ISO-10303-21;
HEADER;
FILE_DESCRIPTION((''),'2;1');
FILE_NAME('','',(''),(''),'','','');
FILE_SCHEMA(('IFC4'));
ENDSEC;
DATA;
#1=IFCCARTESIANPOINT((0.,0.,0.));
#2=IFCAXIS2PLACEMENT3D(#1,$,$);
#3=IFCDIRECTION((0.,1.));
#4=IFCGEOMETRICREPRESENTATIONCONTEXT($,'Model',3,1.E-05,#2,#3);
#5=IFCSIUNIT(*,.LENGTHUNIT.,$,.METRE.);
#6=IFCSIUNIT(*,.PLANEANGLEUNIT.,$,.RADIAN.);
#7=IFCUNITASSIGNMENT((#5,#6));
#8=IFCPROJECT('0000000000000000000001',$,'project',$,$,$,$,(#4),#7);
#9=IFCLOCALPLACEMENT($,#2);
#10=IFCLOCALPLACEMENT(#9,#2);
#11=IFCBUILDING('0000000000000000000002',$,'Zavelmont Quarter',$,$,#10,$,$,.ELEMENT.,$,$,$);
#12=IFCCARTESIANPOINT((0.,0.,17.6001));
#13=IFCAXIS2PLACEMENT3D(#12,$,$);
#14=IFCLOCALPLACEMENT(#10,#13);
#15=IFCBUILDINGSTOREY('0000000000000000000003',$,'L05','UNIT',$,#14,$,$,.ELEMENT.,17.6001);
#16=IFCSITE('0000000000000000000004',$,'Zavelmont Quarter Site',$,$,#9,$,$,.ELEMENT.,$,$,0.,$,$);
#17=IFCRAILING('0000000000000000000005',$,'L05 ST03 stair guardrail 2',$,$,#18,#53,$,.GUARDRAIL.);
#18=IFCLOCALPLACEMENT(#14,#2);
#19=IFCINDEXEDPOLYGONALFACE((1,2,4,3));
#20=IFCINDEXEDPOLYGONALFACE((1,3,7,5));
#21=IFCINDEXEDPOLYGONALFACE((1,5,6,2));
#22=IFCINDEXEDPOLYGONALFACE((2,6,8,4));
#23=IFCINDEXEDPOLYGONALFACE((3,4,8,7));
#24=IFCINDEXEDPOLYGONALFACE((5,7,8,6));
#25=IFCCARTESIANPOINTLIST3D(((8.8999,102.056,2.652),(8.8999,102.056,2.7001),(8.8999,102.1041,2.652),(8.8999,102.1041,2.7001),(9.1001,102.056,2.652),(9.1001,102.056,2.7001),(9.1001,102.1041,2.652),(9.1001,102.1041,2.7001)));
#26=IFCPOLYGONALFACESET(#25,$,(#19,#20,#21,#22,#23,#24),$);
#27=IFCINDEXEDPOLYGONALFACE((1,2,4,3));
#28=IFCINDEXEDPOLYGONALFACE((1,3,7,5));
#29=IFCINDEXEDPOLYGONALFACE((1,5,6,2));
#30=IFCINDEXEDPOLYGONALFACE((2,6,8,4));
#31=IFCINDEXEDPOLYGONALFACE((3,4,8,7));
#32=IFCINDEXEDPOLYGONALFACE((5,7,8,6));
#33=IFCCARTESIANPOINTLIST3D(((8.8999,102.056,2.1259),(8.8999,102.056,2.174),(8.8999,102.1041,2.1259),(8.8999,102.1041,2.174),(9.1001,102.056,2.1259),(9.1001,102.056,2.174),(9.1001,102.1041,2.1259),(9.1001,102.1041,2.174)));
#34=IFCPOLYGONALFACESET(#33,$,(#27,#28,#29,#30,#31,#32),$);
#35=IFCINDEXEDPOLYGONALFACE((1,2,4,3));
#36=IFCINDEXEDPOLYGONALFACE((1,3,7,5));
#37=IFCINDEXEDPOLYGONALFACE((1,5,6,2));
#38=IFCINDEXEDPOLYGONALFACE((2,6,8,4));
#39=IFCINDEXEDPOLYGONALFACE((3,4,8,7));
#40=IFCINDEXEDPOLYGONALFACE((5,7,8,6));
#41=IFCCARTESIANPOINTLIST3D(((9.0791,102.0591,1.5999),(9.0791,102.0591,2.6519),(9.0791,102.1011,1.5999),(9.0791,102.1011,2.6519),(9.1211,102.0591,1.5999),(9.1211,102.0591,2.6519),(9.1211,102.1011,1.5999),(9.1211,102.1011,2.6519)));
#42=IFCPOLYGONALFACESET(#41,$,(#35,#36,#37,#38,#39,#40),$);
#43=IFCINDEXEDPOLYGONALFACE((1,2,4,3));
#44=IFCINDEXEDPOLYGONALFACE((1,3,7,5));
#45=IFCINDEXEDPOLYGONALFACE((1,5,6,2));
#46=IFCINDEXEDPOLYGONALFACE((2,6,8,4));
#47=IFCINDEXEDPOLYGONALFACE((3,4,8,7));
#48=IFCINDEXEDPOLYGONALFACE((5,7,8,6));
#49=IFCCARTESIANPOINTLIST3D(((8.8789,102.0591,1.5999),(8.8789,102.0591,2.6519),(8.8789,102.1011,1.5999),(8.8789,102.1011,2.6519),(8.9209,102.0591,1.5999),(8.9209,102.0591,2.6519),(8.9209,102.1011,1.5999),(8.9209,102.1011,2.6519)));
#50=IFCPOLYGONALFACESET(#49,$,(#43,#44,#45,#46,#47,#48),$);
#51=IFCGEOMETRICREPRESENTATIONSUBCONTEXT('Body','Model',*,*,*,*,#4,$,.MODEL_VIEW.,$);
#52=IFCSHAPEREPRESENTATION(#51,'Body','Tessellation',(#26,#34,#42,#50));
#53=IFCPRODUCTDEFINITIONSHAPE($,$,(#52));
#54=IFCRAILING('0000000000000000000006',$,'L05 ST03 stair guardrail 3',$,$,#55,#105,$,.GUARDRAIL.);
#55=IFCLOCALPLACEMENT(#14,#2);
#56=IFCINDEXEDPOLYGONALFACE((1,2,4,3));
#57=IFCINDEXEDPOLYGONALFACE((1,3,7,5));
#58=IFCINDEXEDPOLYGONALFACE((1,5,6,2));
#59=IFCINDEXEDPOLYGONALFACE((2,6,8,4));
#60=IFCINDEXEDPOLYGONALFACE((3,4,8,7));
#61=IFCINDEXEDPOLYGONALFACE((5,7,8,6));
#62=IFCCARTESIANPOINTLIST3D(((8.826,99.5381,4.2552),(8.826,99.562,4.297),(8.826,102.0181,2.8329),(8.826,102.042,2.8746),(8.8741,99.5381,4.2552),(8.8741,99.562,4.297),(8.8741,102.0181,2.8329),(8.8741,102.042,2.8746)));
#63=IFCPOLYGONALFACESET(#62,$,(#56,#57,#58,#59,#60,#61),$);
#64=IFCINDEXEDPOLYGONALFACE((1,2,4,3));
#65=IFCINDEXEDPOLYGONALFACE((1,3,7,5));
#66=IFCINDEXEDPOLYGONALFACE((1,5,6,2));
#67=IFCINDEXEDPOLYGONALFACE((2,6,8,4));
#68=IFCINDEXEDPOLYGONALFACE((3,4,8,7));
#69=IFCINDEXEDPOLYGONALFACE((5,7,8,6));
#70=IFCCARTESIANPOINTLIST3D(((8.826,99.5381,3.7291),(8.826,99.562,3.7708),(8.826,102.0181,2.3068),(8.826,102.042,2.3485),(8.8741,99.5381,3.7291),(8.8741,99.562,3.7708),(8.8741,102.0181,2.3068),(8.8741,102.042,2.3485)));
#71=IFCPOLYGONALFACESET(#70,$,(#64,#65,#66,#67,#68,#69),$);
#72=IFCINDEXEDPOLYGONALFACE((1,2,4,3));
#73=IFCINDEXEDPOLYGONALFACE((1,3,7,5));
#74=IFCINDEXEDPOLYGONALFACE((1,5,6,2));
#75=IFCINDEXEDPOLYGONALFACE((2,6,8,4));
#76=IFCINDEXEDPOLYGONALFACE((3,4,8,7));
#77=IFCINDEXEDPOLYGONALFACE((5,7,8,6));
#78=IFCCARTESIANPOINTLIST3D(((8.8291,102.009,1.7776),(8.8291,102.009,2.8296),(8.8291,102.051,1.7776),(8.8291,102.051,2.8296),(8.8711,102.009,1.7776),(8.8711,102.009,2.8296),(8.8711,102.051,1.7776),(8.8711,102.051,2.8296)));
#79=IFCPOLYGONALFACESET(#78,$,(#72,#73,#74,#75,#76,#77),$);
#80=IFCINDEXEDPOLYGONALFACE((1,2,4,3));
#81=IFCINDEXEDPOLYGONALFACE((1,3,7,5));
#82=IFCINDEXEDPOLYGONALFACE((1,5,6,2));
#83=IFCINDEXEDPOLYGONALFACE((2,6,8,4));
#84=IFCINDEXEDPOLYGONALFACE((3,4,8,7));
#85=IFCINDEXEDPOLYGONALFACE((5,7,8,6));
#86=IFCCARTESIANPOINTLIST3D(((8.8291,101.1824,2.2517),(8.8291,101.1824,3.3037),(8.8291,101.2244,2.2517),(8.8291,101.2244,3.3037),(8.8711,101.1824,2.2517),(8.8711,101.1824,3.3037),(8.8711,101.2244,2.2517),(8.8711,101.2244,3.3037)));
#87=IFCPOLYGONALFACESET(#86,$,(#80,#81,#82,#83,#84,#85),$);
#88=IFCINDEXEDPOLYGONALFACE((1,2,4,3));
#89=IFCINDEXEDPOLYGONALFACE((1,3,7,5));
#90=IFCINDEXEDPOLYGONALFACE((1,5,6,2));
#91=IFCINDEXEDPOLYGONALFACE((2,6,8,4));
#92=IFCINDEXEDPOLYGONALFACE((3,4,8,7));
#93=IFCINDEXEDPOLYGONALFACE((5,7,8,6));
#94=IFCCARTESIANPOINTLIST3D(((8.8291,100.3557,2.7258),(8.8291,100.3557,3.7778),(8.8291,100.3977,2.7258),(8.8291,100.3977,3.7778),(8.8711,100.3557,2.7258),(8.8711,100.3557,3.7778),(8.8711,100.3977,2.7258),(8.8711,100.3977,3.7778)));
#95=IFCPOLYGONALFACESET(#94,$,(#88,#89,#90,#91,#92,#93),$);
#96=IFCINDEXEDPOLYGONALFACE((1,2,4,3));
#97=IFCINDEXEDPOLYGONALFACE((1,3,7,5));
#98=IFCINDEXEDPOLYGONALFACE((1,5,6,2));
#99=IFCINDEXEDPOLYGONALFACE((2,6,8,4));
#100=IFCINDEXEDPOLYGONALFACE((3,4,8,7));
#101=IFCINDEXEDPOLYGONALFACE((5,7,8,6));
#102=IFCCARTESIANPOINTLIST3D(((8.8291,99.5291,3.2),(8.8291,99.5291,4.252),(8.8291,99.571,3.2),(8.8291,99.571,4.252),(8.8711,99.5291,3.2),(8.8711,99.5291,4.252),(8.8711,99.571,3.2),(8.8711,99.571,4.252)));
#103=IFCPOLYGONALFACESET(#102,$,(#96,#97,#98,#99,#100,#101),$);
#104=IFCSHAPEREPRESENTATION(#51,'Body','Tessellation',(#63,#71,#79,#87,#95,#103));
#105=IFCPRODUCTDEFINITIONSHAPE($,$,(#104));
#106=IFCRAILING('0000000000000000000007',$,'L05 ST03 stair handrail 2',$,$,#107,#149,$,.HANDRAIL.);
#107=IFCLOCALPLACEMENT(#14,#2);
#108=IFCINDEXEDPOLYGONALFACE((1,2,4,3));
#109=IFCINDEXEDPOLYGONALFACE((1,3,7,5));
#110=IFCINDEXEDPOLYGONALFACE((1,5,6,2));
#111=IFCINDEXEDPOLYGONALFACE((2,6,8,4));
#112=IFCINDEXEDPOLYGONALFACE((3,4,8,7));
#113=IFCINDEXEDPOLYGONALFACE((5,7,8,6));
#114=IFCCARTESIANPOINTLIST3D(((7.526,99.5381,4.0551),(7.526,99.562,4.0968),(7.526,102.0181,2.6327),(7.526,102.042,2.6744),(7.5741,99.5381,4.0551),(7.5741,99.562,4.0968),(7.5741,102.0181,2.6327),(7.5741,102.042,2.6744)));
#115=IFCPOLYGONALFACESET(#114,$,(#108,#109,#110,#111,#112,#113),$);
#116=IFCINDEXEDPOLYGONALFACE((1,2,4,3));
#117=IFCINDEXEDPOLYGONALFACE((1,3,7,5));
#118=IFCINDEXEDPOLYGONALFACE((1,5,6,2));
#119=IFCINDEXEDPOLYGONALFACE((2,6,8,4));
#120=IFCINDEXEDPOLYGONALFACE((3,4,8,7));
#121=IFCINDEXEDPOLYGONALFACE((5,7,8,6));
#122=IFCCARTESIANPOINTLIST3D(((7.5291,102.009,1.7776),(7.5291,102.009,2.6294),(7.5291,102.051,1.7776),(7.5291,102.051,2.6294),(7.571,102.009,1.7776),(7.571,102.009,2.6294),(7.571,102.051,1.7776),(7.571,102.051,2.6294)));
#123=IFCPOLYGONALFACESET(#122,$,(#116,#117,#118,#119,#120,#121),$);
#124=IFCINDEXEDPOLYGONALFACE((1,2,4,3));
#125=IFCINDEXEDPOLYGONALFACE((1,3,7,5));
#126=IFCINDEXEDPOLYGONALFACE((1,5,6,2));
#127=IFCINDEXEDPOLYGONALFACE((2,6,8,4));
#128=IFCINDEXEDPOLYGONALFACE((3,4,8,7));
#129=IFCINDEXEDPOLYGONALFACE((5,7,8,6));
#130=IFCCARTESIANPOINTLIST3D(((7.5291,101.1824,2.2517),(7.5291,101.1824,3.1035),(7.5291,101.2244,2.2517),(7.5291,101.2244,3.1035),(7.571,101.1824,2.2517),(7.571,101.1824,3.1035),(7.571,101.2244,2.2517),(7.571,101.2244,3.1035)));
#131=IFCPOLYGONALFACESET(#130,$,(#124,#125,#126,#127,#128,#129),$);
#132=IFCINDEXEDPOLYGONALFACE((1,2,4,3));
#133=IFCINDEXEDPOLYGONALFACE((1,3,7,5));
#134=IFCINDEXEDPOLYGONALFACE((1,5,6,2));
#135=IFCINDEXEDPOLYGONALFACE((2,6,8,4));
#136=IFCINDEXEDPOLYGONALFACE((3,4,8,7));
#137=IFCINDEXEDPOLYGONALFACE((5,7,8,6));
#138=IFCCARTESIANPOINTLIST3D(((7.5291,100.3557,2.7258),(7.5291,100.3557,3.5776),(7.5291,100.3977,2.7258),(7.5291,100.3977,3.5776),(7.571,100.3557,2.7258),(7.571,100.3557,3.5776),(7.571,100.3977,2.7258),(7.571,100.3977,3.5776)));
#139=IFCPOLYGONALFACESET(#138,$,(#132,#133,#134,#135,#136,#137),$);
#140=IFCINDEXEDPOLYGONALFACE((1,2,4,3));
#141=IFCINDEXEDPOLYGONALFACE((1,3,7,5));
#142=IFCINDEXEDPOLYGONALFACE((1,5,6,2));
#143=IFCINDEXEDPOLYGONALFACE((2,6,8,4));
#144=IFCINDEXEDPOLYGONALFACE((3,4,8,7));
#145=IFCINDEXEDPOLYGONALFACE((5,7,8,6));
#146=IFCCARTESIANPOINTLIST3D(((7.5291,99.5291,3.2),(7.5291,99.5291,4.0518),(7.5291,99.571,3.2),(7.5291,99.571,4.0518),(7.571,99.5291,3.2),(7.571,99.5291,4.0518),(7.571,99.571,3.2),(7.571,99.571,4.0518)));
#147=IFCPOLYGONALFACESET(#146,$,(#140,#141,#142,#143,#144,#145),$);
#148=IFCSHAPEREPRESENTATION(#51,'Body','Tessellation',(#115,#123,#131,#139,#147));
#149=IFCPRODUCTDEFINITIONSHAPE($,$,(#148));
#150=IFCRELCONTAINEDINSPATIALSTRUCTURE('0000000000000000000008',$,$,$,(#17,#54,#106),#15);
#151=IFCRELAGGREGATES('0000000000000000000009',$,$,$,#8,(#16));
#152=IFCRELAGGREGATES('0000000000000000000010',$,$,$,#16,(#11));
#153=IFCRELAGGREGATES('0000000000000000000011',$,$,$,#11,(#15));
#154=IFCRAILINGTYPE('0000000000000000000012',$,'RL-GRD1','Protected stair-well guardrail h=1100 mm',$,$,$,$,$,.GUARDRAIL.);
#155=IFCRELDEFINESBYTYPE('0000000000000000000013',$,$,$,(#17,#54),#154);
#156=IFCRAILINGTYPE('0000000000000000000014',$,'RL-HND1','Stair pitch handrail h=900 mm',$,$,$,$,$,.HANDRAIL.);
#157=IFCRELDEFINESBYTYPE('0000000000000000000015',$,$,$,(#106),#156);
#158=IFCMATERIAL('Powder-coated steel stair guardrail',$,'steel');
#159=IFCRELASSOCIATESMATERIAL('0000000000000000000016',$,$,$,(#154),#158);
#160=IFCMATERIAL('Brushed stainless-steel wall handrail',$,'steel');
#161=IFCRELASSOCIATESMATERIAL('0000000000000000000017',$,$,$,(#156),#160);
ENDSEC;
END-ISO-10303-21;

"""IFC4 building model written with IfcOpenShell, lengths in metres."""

from ifc_helpers import new_model, si_unit, direction, frame, origin, origin_2d, place, context, subcontext, project, spatial, rectangle, extrude, material, type_object, element, save


model = new_model("IFC4")

# Units and contexts
model_context = context("Model", 3, precision=1e-05, world=origin(), true_north=direction((0.0, 1.0)))
body_context = subcontext(model_context, "Body", "Model", "MODEL_VIEW")
ifc_project = project(units=[si_unit("LENGTHUNIT", "METRE"), si_unit("PLANEANGLEUNIT", "RADIAN")], contexts=[model_context])

# Site, building, storey
site_placement = place(None, origin())
site = spatial("IfcSite", under=ifc_project, at=site_placement, Name="Zavelmont Quarter Site", CompositionType="ELEMENT", RefElevation=0.0)
building_placement = place(site_placement, origin())
building = spatial("IfcBuilding", under=site, at=building_placement, Name="Zavelmont Quarter", CompositionType="ELEMENT")
storey_placement = place(building_placement, frame((0.0, 0.0, 17.6001)))
storey = spatial("IfcBuildingStorey", under=building, at=storey_placement, Name="L05", Description="UNIT", CompositionType="ELEMENT", Elevation=17.6001)

# Railings
ifc_material_1 = material(Name="Powder-coated steel stair guardrail", Category="steel")
railing_type_1 = type_object("IfcRailingType", Name="RL-GRD1", Description="Protected stair-well guardrail h=1100 mm", PredefinedType="GUARDRAIL", material=ifc_material_1)
railing_1_placement = place(storey_placement, frame((9.1001, 102.0801, 1.5999)))
element("IfcRailing", 1, at=railing_1_placement, inside=storey, type_object=railing_type_1, Name="L05 ST03 stair guardrail 2", PredefinedType="GUARDRAIL", context=body_context, shape_type="SweptSolid", body=[
    extrude(rectangle(XDim=0.0481, YDim=0.0481, at=origin_2d()), frame((0.0, 0.0, 1.0762), z_axis=(-1.0, 0.0, 0.0), x_axis=(0.0, -1.0, 0.0)), (0.0, 0.0, 1.0), 0.2002),
    extrude(rectangle(XDim=0.0481, YDim=0.0481, at=origin_2d()), frame((0.0, 0.0, 0.55), z_axis=(-1.0, 0.0, 0.0), x_axis=(0.0, -1.0, 0.0)), (0.0, 0.0, 1.0), 0.2002),
    extrude(rectangle(XDim=0.042, YDim=0.042, at=origin_2d()), origin(), (0.0, 0.0, 1.0), 1.052),
    extrude(rectangle(XDim=0.042, YDim=0.042, at=origin_2d()), frame((-0.2002, 0.0, 0.0)), (0.0, 0.0, 1.0), 1.052),
])
railing_2_placement = place(storey_placement, frame((8.8501, 102.03, 1.7776)))
element("IfcRailing", 2, at=railing_2_placement, inside=storey, type_object=railing_type_1, Name="L05 ST03 stair guardrail 3", PredefinedType="GUARDRAIL", context=body_context, shape_type="SweptSolid", body=[
    extrude(rectangle(XDim=0.0481, YDim=0.0481, at=origin_2d()), frame((0.0, 0.0, 1.0762), z_axis=(0.0, -0.867454, 0.497518), x_axis=(1.0, 0.0, 0.0)), (0.0, 0.0, 1.0), 2.8589),
    extrude(rectangle(XDim=0.0481, YDim=0.0481, at=origin_2d()), frame((0.0, 0.0, 0.55), z_axis=(0.0, -0.867454, 0.497518), x_axis=(1.0, 0.0, 0.0)), (0.0, 0.0, 1.0), 2.8589),
    extrude(rectangle(XDim=0.042, YDim=0.042, at=origin_2d()), origin(), (0.0, 0.0, 1.0), 1.052),
    extrude(rectangle(XDim=0.042, YDim=0.042, at=origin_2d()), frame((0.0, -0.8267, 0.4741)), (0.0, 0.0, 1.0), 1.052),
    extrude(rectangle(XDim=0.042, YDim=0.042, at=origin_2d()), frame((0.0, -1.6533, 0.9482)), (0.0, 0.0, 1.0), 1.052),
    extrude(rectangle(XDim=0.042, YDim=0.042, at=origin_2d()), frame((0.0, -2.48, 1.4224)), (0.0, 0.0, 1.0), 1.052),
])
ifc_material_2 = material(Name="Brushed stainless-steel wall handrail", Category="steel")
railing_type_2 = type_object("IfcRailingType", Name="RL-HND1", Description="Stair pitch handrail h=900 mm", PredefinedType="HANDRAIL", material=ifc_material_2)
railing_3_placement = place(storey_placement, frame((7.55, 102.03, 1.7776)))
element("IfcRailing", 3, at=railing_3_placement, inside=storey, type_object=railing_type_2, Name="L05 ST03 stair handrail 2", PredefinedType="HANDRAIL", context=body_context, shape_type="SweptSolid", body=[
    extrude(rectangle(XDim=0.0481, YDim=0.0481, at=origin_2d()), frame((0.0, 0.0, 0.876), z_axis=(0.0, -0.867454, 0.497518), x_axis=(1.0, 0.0, 0.0)), (0.0, 0.0, 1.0), 2.8589),
    extrude(rectangle(XDim=0.042, YDim=0.042, at=origin_2d()), origin(), (0.0, 0.0, 1.0), 0.8518),
    extrude(rectangle(XDim=0.042, YDim=0.042, at=origin_2d()), frame((0.0, -0.8267, 0.4741)), (0.0, 0.0, 1.0), 0.8518),
    extrude(rectangle(XDim=0.042, YDim=0.042, at=origin_2d()), frame((0.0, -1.6533, 0.9482)), (0.0, 0.0, 1.0), 0.8518),
    extrude(rectangle(XDim=0.042, YDim=0.042, at=origin_2d()), frame((0.0, -2.48, 1.4224)), (0.0, 0.0, 1.0), 0.8518),
])

save(model, "model.ifc")
